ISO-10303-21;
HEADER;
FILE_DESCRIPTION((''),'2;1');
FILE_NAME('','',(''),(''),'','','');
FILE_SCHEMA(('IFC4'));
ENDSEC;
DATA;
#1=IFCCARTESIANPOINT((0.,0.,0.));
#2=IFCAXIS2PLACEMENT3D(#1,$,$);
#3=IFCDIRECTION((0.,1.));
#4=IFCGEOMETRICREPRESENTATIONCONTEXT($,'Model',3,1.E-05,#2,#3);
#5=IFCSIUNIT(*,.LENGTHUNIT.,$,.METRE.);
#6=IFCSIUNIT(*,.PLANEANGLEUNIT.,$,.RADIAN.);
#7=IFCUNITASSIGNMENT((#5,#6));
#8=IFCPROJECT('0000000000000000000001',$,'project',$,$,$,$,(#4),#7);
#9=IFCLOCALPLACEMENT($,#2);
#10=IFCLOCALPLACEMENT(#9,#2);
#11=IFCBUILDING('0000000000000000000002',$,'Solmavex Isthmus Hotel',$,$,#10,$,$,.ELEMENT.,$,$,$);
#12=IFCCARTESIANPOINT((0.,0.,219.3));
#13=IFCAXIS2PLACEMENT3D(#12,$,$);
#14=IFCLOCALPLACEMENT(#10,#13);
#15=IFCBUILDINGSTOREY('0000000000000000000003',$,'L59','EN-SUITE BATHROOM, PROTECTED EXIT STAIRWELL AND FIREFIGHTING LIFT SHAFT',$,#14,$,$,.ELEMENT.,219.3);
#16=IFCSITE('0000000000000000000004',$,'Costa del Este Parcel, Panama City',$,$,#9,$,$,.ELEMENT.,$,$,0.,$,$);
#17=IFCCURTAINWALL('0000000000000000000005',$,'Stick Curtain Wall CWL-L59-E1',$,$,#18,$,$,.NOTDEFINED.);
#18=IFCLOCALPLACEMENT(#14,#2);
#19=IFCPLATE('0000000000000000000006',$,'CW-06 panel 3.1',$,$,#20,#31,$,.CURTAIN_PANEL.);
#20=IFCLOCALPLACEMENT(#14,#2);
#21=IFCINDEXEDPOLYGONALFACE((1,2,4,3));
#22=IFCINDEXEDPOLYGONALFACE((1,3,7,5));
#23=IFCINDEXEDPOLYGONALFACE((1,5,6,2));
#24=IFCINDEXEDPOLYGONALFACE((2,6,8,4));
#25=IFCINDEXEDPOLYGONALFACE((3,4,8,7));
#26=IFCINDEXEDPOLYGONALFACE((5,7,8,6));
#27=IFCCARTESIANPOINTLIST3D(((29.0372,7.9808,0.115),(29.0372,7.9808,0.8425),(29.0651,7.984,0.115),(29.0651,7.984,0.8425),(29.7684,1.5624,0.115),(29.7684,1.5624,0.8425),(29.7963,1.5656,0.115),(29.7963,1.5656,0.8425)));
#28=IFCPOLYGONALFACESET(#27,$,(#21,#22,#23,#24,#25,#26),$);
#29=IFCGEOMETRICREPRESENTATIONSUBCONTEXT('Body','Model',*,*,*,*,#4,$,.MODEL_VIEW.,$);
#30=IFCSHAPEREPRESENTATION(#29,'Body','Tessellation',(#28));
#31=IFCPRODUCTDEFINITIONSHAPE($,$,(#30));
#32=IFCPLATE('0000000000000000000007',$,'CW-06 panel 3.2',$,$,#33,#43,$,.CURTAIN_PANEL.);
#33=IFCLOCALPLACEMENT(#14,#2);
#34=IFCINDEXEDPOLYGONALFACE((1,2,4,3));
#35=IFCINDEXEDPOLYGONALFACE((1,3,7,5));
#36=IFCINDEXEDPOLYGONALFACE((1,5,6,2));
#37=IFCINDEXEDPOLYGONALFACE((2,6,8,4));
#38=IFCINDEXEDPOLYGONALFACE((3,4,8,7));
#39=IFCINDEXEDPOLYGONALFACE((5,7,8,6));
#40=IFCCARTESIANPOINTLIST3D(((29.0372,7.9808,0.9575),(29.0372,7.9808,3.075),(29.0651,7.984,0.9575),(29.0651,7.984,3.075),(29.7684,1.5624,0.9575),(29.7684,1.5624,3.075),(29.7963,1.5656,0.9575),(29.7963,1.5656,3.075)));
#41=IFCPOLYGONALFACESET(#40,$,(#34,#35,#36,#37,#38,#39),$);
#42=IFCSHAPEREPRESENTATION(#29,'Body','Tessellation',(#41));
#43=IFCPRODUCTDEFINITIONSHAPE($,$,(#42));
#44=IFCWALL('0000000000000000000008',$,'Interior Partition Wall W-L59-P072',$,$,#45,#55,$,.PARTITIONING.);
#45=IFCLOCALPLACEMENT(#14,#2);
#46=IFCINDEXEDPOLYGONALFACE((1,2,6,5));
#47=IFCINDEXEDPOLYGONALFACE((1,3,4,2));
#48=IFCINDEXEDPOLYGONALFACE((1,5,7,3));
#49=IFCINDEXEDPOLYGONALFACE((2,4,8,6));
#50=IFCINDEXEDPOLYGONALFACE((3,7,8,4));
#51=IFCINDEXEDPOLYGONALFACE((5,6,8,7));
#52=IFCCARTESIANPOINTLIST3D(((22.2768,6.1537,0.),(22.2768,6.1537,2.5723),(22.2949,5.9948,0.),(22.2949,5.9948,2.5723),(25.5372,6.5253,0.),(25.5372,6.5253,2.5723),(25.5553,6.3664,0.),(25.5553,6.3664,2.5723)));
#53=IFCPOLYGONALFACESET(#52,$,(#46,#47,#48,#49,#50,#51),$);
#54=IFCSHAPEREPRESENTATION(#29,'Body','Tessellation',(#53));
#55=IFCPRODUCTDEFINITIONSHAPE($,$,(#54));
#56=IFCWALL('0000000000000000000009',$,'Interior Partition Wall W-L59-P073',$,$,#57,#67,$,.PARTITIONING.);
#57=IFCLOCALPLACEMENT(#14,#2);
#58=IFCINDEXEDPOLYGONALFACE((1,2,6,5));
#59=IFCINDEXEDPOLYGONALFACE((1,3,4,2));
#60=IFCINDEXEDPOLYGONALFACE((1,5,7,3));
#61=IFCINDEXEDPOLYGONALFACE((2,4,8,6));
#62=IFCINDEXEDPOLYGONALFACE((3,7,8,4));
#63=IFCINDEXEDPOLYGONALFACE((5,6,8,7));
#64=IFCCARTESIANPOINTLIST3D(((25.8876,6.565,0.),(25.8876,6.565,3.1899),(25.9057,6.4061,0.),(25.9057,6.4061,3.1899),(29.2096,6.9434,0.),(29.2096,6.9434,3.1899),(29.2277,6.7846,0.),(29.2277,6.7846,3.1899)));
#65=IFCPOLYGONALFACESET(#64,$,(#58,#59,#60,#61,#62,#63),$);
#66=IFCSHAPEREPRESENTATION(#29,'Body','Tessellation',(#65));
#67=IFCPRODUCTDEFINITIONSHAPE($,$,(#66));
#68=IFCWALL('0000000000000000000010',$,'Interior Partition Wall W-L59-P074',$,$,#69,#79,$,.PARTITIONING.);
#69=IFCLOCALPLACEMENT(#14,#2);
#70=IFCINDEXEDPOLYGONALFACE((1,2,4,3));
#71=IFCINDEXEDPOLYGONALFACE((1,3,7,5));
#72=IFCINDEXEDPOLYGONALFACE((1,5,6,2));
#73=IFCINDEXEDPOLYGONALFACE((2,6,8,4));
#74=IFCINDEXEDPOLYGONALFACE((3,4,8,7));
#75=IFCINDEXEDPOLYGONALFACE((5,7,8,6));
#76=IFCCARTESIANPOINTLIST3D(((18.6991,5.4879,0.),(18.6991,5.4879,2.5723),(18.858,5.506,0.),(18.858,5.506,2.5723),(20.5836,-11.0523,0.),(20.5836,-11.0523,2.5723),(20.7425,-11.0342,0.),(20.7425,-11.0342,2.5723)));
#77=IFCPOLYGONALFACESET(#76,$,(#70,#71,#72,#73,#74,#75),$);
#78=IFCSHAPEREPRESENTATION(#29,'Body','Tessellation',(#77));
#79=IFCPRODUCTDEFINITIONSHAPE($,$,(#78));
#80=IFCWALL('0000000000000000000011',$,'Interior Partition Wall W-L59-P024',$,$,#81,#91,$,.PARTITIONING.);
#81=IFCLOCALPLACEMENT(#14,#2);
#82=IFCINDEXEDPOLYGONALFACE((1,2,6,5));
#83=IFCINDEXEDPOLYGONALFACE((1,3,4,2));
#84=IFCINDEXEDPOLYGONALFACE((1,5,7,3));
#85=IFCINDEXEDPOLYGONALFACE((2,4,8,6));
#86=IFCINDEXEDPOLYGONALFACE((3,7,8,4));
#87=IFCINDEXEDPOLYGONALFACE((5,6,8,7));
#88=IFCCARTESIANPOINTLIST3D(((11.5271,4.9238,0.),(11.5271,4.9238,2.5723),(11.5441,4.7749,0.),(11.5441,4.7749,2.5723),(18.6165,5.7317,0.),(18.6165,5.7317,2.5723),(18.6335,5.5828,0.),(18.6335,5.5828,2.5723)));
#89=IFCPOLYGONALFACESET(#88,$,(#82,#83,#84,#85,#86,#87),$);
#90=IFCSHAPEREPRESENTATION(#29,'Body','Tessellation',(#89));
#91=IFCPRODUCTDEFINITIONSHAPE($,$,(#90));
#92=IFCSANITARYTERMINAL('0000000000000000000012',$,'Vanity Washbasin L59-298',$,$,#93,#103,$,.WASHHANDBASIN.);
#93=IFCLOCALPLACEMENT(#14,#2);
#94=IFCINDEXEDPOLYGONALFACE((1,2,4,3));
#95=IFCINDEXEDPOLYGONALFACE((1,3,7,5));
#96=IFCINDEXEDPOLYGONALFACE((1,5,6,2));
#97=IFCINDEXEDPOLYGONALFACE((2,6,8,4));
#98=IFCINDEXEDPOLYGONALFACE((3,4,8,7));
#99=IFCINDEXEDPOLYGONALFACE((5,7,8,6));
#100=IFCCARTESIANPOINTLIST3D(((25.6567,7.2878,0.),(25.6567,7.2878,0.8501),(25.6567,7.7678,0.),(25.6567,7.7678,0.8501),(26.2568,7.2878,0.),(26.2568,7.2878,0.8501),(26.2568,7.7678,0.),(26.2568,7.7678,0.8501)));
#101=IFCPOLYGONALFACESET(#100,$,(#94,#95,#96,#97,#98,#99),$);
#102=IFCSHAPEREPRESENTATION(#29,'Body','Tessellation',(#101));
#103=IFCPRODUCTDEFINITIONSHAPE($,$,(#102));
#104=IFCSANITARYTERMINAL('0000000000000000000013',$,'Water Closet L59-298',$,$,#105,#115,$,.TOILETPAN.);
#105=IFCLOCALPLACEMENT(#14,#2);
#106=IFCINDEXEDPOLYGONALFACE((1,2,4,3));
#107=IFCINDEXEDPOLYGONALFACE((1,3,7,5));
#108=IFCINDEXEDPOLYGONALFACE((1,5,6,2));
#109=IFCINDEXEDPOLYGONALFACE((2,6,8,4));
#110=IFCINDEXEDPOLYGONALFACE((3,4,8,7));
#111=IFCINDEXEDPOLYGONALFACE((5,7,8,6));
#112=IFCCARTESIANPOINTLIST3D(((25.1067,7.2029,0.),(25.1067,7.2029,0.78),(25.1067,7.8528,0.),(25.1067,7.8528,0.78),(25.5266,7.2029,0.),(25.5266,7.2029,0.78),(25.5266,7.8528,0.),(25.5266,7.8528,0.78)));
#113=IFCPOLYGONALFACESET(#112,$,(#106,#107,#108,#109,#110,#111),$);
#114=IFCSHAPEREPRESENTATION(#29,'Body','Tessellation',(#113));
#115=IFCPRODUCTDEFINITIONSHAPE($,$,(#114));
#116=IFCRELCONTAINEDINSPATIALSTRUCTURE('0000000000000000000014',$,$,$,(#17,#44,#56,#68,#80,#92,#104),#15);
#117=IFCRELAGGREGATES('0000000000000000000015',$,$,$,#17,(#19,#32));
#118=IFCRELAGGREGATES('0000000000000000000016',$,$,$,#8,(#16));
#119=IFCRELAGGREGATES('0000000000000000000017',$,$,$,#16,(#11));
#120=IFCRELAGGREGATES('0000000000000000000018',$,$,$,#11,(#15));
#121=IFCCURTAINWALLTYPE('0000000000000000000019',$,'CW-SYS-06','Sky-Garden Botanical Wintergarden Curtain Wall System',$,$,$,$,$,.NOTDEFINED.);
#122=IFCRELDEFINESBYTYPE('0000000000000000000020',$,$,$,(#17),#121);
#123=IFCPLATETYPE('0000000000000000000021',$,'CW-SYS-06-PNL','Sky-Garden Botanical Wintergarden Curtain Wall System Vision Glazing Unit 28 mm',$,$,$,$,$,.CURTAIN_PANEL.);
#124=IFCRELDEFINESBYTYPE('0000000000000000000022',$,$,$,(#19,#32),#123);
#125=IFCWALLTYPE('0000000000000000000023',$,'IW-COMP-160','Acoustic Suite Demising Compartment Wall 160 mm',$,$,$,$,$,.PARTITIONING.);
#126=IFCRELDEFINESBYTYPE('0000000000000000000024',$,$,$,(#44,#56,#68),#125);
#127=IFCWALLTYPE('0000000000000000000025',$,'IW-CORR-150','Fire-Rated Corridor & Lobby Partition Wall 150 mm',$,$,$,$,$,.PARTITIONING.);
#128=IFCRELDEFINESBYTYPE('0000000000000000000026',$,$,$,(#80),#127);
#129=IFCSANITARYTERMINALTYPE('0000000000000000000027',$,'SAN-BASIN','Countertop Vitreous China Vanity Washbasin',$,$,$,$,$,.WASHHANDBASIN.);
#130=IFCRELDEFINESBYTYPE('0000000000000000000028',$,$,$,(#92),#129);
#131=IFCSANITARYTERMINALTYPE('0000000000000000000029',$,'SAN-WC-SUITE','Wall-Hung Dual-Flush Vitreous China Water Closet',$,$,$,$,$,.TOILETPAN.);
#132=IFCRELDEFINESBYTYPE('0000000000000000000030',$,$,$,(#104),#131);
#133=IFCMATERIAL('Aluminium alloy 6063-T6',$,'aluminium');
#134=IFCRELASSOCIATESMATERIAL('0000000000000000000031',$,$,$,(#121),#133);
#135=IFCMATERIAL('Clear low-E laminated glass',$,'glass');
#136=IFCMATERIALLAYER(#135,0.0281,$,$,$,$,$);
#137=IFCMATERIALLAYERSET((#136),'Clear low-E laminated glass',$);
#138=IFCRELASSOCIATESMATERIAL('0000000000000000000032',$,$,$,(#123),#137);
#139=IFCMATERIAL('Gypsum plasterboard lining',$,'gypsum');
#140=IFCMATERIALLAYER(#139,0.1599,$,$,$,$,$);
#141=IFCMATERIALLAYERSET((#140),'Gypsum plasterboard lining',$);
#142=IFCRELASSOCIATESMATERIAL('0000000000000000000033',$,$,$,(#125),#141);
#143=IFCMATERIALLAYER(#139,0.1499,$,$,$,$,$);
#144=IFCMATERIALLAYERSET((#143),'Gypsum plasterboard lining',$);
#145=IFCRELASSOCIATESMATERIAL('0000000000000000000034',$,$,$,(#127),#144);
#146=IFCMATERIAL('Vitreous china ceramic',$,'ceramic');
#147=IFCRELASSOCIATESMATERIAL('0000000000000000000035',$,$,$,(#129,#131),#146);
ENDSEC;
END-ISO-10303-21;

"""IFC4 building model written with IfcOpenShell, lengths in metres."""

from ifc_helpers import new_model, si_unit, direction, frame, frame_2d, origin, origin_2d, place, context, subcontext, project, spatial, rectangle, extrude, material, layer, layer_set, type_object, element, aggregate, save


model = new_model("IFC4")

# Units and contexts
model_context = context("Model", 3, precision=1e-05, world=origin(), true_north=direction((0.0, 1.0)))
body_context = subcontext(model_context, "Body", "Model", "MODEL_VIEW")
ifc_project = project(units=[si_unit("LENGTHUNIT", "METRE"), si_unit("PLANEANGLEUNIT", "RADIAN")], contexts=[model_context])

# Site, building, storey
site_placement = place(None, origin())
site = spatial("IfcSite", under=ifc_project, at=site_placement, Name="Costa del Este Parcel, Panama City", CompositionType="ELEMENT", RefElevation=0.0)
building_placement = place(site_placement, origin())
building = spatial("IfcBuilding", under=site, at=building_placement, Name="Solmavex Isthmus Hotel", CompositionType="ELEMENT")
storey_placement = place(building_placement, frame((0.0, 0.0, 219.3)))
storey = spatial("IfcBuildingStorey", under=building, at=storey_placement, Name="L59", Description="EN-SUITE BATHROOM, PROTECTED EXIT STAIRWELL AND FIREFIGHTING LIFT SHAFT", CompositionType="ELEMENT", Elevation=219.3)

# Curtain wall, plates
ifc_material_1 = material(Name="Aluminium alloy 6063-T6", Category="aluminium")
curtain_wall_type = type_object("IfcCurtainWallType", Name="CW-SYS-06", Description="Sky-Garden Botanical Wintergarden Curtain Wall System", PredefinedType="NOTDEFINED", material=ifc_material_1)
curtain_wall_placement = place(storey_placement, origin())
curtain_wall = element("IfcCurtainWall", 1, at=curtain_wall_placement, inside=storey, type_object=curtain_wall_type, Name="Stick Curtain Wall CWL-L59-E1", PredefinedType="NOTDEFINED")
ifc_material_2 = material(Name="Clear low-E laminated glass", Category="glass")
ifc_layer_1 = layer(ifc_material_2, 0.0281)
ifc_layer_set_1 = layer_set([ifc_layer_1], Name="Clear low-E laminated glass")
plate_type = type_object("IfcPlateType", Name="CW-SYS-06-PNL", Description="Sky-Garden Botanical Wintergarden Curtain Wall System Vision Glazing Unit 28 mm", PredefinedType="CURTAIN_PANEL", material=ifc_layer_set_1)
plate_1_placement = place(storey_placement, frame((29.4167, 4.7732, 0.115), z_axis=(0.0, 0.0, 1.0), x_axis=(-0.113203, 0.993572, 0.0)))
plate_1 = element("IfcPlate", 2, at=plate_1_placement, type_object=plate_type, Name="CW-06 panel 3.1", PredefinedType="CURTAIN_PANEL", context=body_context, shape_type="SweptSolid", body=[
    extrude(rectangle(XDim=6.46, YDim=0.0281, at=origin_2d()), origin(), (0.0, 0.0, 1.0), 0.7275),
])
plate_2_placement = place(storey_placement, frame((29.4167, 4.7732, 0.9575), z_axis=(0.0, 0.0, 1.0), x_axis=(-0.113203, 0.993572, 0.0)))
plate_2 = element("IfcPlate", 3, at=plate_2_placement, type_object=plate_type, Name="CW-06 panel 3.2", PredefinedType="CURTAIN_PANEL", context=body_context, shape_type="SweptSolid", body=[
    extrude(rectangle(XDim=6.46, YDim=0.0281, at=origin_2d()), origin(), (0.0, 0.0, 1.0), 2.1174),
])
aggregate(curtain_wall, [plate_1, plate_2])

# Walls
ifc_material_3 = material(Name="Gypsum plasterboard lining", Category="gypsum")
ifc_layer_2 = layer(ifc_material_3, 0.1599)
ifc_layer_set_2 = layer_set([ifc_layer_2], Name="Gypsum plasterboard lining")
wall_type_1 = type_object("IfcWallType", Name="IW-COMP-160", Description="Acoustic Suite Demising Compartment Wall 160 mm", PredefinedType="PARTITIONING", material=ifc_layer_set_2)
wall_1_placement = place(storey_placement, frame((25.5461, 6.4458, 0.0), z_axis=(0.0, 0.0, 1.0), x_axis=(-0.993569, -0.113232, 0.0)))
element("IfcWall", 4, at=wall_1_placement, inside=storey, type_object=wall_type_1, Name="Interior Partition Wall W-L59-P072", PredefinedType="PARTITIONING", context=body_context, shape_type="SweptSolid", body=[
    extrude(rectangle(XDim=3.2815, YDim=0.1599, at=frame_2d((1.6406, 0.0))), origin(), (0.0, 0.0, 1.0), 2.5723),
])
wall_2_placement = place(storey_placement, frame((29.2188, 6.864, 0.0), z_axis=(0.0, 0.0, 1.0), x_axis=(-0.993574, -0.11318, 0.0)))
element("IfcWall", 5, at=wall_2_placement, inside=storey, type_object=wall_type_1, Name="Interior Partition Wall W-L59-P073", PredefinedType="PARTITIONING", context=body_context, shape_type="SweptSolid", body=[
    extrude(rectangle(XDim=3.3435, YDim=0.1599, at=frame_2d((1.6719, 0.0))), origin(), (0.0, 0.0, 1.0), 3.1899),
])
wall_3_placement = place(storey_placement, frame((18.7786, 5.4971, 0.0), z_axis=(0.0, 0.0, 1.0), x_axis=(0.113203, -0.993572, 0.0)))
element("IfcWall", 6, at=wall_3_placement, inside=storey, type_object=wall_type_1, Name="Interior Partition Wall W-L59-P074", PredefinedType="PARTITIONING", context=body_context, shape_type="SweptSolid", body=[
    extrude(rectangle(XDim=16.6472, YDim=0.1599, at=frame_2d((8.3237, 0.0))), origin(), (0.0, 0.0, 1.0), 2.5723),
])

# Shared definitions
ifc_layer_3 = layer(ifc_material_3, 0.1499)
ifc_layer_set_3 = layer_set([ifc_layer_3], Name="Gypsum plasterboard lining")
wall_type_2 = type_object("IfcWallType", Name="IW-CORR-150", Description="Fire-Rated Corridor & Lobby Partition Wall 150 mm", PredefinedType="PARTITIONING", material=ifc_layer_set_3)

# Wall
wall_4_placement = place(storey_placement, frame((18.625, 5.6572, 0.0), z_axis=(0.0, 0.0, 1.0), x_axis=(-0.99357, -0.113221, 0.0)))
element("IfcWall", 7, at=wall_4_placement, inside=storey, type_object=wall_type_2, Name="Interior Partition Wall W-L59-P024", PredefinedType="PARTITIONING", context=body_context, shape_type="SweptSolid", body=[
    extrude(rectangle(XDim=7.1353, YDim=0.1499, at=frame_2d((3.5676, 0.0))), origin(), (0.0, 0.0, 1.0), 2.5723),
])

# Sanitary terminals
ifc_material_4 = material(Name="Vitreous china ceramic", Category="ceramic")
sanitary_terminal_type_1 = type_object("IfcSanitaryTerminalType", Name="SAN-BASIN", Description="Countertop Vitreous China Vanity Washbasin", PredefinedType="WASHHANDBASIN", material=ifc_material_4)
sanitary_terminal_1_placement = place(storey_placement, frame((25.9568, 7.5278, 0.0), z_axis=(0.0, 0.0, 1.0), x_axis=(1.0, 0.0, 0.0)))
element("IfcSanitaryTerminal", 8, at=sanitary_terminal_1_placement, inside=storey, type_object=sanitary_terminal_type_1, Name="Vanity Washbasin L59-298", PredefinedType="WASHHANDBASIN", context=body_context, shape_type="SweptSolid", body=[
    extrude(rectangle(XDim=0.6001, YDim=0.48, at=origin_2d()), origin(), (0.0, 0.0, 1.0), 0.8501),
])
sanitary_terminal_type_2 = type_object("IfcSanitaryTerminalType", Name="SAN-WC-SUITE", Description="Wall-Hung Dual-Flush Vitreous China Water Closet", PredefinedType="TOILETPAN", material=ifc_material_4)
sanitary_terminal_2_placement = place(storey_placement, frame((25.3167, 7.5278, 0.0), z_axis=(0.0, 0.0, 1.0), x_axis=(1.0, 0.0, 0.0)))
element("IfcSanitaryTerminal", 9, at=sanitary_terminal_2_placement, inside=storey, type_object=sanitary_terminal_type_2, Name="Water Closet L59-298", PredefinedType="TOILETPAN", context=body_context, shape_type="SweptSolid", body=[
    extrude(rectangle(XDim=0.4199, YDim=0.6499, at=origin_2d()), origin(), (0.0, 0.0, 1.0), 0.78),
])

save(model, "model.ifc")
